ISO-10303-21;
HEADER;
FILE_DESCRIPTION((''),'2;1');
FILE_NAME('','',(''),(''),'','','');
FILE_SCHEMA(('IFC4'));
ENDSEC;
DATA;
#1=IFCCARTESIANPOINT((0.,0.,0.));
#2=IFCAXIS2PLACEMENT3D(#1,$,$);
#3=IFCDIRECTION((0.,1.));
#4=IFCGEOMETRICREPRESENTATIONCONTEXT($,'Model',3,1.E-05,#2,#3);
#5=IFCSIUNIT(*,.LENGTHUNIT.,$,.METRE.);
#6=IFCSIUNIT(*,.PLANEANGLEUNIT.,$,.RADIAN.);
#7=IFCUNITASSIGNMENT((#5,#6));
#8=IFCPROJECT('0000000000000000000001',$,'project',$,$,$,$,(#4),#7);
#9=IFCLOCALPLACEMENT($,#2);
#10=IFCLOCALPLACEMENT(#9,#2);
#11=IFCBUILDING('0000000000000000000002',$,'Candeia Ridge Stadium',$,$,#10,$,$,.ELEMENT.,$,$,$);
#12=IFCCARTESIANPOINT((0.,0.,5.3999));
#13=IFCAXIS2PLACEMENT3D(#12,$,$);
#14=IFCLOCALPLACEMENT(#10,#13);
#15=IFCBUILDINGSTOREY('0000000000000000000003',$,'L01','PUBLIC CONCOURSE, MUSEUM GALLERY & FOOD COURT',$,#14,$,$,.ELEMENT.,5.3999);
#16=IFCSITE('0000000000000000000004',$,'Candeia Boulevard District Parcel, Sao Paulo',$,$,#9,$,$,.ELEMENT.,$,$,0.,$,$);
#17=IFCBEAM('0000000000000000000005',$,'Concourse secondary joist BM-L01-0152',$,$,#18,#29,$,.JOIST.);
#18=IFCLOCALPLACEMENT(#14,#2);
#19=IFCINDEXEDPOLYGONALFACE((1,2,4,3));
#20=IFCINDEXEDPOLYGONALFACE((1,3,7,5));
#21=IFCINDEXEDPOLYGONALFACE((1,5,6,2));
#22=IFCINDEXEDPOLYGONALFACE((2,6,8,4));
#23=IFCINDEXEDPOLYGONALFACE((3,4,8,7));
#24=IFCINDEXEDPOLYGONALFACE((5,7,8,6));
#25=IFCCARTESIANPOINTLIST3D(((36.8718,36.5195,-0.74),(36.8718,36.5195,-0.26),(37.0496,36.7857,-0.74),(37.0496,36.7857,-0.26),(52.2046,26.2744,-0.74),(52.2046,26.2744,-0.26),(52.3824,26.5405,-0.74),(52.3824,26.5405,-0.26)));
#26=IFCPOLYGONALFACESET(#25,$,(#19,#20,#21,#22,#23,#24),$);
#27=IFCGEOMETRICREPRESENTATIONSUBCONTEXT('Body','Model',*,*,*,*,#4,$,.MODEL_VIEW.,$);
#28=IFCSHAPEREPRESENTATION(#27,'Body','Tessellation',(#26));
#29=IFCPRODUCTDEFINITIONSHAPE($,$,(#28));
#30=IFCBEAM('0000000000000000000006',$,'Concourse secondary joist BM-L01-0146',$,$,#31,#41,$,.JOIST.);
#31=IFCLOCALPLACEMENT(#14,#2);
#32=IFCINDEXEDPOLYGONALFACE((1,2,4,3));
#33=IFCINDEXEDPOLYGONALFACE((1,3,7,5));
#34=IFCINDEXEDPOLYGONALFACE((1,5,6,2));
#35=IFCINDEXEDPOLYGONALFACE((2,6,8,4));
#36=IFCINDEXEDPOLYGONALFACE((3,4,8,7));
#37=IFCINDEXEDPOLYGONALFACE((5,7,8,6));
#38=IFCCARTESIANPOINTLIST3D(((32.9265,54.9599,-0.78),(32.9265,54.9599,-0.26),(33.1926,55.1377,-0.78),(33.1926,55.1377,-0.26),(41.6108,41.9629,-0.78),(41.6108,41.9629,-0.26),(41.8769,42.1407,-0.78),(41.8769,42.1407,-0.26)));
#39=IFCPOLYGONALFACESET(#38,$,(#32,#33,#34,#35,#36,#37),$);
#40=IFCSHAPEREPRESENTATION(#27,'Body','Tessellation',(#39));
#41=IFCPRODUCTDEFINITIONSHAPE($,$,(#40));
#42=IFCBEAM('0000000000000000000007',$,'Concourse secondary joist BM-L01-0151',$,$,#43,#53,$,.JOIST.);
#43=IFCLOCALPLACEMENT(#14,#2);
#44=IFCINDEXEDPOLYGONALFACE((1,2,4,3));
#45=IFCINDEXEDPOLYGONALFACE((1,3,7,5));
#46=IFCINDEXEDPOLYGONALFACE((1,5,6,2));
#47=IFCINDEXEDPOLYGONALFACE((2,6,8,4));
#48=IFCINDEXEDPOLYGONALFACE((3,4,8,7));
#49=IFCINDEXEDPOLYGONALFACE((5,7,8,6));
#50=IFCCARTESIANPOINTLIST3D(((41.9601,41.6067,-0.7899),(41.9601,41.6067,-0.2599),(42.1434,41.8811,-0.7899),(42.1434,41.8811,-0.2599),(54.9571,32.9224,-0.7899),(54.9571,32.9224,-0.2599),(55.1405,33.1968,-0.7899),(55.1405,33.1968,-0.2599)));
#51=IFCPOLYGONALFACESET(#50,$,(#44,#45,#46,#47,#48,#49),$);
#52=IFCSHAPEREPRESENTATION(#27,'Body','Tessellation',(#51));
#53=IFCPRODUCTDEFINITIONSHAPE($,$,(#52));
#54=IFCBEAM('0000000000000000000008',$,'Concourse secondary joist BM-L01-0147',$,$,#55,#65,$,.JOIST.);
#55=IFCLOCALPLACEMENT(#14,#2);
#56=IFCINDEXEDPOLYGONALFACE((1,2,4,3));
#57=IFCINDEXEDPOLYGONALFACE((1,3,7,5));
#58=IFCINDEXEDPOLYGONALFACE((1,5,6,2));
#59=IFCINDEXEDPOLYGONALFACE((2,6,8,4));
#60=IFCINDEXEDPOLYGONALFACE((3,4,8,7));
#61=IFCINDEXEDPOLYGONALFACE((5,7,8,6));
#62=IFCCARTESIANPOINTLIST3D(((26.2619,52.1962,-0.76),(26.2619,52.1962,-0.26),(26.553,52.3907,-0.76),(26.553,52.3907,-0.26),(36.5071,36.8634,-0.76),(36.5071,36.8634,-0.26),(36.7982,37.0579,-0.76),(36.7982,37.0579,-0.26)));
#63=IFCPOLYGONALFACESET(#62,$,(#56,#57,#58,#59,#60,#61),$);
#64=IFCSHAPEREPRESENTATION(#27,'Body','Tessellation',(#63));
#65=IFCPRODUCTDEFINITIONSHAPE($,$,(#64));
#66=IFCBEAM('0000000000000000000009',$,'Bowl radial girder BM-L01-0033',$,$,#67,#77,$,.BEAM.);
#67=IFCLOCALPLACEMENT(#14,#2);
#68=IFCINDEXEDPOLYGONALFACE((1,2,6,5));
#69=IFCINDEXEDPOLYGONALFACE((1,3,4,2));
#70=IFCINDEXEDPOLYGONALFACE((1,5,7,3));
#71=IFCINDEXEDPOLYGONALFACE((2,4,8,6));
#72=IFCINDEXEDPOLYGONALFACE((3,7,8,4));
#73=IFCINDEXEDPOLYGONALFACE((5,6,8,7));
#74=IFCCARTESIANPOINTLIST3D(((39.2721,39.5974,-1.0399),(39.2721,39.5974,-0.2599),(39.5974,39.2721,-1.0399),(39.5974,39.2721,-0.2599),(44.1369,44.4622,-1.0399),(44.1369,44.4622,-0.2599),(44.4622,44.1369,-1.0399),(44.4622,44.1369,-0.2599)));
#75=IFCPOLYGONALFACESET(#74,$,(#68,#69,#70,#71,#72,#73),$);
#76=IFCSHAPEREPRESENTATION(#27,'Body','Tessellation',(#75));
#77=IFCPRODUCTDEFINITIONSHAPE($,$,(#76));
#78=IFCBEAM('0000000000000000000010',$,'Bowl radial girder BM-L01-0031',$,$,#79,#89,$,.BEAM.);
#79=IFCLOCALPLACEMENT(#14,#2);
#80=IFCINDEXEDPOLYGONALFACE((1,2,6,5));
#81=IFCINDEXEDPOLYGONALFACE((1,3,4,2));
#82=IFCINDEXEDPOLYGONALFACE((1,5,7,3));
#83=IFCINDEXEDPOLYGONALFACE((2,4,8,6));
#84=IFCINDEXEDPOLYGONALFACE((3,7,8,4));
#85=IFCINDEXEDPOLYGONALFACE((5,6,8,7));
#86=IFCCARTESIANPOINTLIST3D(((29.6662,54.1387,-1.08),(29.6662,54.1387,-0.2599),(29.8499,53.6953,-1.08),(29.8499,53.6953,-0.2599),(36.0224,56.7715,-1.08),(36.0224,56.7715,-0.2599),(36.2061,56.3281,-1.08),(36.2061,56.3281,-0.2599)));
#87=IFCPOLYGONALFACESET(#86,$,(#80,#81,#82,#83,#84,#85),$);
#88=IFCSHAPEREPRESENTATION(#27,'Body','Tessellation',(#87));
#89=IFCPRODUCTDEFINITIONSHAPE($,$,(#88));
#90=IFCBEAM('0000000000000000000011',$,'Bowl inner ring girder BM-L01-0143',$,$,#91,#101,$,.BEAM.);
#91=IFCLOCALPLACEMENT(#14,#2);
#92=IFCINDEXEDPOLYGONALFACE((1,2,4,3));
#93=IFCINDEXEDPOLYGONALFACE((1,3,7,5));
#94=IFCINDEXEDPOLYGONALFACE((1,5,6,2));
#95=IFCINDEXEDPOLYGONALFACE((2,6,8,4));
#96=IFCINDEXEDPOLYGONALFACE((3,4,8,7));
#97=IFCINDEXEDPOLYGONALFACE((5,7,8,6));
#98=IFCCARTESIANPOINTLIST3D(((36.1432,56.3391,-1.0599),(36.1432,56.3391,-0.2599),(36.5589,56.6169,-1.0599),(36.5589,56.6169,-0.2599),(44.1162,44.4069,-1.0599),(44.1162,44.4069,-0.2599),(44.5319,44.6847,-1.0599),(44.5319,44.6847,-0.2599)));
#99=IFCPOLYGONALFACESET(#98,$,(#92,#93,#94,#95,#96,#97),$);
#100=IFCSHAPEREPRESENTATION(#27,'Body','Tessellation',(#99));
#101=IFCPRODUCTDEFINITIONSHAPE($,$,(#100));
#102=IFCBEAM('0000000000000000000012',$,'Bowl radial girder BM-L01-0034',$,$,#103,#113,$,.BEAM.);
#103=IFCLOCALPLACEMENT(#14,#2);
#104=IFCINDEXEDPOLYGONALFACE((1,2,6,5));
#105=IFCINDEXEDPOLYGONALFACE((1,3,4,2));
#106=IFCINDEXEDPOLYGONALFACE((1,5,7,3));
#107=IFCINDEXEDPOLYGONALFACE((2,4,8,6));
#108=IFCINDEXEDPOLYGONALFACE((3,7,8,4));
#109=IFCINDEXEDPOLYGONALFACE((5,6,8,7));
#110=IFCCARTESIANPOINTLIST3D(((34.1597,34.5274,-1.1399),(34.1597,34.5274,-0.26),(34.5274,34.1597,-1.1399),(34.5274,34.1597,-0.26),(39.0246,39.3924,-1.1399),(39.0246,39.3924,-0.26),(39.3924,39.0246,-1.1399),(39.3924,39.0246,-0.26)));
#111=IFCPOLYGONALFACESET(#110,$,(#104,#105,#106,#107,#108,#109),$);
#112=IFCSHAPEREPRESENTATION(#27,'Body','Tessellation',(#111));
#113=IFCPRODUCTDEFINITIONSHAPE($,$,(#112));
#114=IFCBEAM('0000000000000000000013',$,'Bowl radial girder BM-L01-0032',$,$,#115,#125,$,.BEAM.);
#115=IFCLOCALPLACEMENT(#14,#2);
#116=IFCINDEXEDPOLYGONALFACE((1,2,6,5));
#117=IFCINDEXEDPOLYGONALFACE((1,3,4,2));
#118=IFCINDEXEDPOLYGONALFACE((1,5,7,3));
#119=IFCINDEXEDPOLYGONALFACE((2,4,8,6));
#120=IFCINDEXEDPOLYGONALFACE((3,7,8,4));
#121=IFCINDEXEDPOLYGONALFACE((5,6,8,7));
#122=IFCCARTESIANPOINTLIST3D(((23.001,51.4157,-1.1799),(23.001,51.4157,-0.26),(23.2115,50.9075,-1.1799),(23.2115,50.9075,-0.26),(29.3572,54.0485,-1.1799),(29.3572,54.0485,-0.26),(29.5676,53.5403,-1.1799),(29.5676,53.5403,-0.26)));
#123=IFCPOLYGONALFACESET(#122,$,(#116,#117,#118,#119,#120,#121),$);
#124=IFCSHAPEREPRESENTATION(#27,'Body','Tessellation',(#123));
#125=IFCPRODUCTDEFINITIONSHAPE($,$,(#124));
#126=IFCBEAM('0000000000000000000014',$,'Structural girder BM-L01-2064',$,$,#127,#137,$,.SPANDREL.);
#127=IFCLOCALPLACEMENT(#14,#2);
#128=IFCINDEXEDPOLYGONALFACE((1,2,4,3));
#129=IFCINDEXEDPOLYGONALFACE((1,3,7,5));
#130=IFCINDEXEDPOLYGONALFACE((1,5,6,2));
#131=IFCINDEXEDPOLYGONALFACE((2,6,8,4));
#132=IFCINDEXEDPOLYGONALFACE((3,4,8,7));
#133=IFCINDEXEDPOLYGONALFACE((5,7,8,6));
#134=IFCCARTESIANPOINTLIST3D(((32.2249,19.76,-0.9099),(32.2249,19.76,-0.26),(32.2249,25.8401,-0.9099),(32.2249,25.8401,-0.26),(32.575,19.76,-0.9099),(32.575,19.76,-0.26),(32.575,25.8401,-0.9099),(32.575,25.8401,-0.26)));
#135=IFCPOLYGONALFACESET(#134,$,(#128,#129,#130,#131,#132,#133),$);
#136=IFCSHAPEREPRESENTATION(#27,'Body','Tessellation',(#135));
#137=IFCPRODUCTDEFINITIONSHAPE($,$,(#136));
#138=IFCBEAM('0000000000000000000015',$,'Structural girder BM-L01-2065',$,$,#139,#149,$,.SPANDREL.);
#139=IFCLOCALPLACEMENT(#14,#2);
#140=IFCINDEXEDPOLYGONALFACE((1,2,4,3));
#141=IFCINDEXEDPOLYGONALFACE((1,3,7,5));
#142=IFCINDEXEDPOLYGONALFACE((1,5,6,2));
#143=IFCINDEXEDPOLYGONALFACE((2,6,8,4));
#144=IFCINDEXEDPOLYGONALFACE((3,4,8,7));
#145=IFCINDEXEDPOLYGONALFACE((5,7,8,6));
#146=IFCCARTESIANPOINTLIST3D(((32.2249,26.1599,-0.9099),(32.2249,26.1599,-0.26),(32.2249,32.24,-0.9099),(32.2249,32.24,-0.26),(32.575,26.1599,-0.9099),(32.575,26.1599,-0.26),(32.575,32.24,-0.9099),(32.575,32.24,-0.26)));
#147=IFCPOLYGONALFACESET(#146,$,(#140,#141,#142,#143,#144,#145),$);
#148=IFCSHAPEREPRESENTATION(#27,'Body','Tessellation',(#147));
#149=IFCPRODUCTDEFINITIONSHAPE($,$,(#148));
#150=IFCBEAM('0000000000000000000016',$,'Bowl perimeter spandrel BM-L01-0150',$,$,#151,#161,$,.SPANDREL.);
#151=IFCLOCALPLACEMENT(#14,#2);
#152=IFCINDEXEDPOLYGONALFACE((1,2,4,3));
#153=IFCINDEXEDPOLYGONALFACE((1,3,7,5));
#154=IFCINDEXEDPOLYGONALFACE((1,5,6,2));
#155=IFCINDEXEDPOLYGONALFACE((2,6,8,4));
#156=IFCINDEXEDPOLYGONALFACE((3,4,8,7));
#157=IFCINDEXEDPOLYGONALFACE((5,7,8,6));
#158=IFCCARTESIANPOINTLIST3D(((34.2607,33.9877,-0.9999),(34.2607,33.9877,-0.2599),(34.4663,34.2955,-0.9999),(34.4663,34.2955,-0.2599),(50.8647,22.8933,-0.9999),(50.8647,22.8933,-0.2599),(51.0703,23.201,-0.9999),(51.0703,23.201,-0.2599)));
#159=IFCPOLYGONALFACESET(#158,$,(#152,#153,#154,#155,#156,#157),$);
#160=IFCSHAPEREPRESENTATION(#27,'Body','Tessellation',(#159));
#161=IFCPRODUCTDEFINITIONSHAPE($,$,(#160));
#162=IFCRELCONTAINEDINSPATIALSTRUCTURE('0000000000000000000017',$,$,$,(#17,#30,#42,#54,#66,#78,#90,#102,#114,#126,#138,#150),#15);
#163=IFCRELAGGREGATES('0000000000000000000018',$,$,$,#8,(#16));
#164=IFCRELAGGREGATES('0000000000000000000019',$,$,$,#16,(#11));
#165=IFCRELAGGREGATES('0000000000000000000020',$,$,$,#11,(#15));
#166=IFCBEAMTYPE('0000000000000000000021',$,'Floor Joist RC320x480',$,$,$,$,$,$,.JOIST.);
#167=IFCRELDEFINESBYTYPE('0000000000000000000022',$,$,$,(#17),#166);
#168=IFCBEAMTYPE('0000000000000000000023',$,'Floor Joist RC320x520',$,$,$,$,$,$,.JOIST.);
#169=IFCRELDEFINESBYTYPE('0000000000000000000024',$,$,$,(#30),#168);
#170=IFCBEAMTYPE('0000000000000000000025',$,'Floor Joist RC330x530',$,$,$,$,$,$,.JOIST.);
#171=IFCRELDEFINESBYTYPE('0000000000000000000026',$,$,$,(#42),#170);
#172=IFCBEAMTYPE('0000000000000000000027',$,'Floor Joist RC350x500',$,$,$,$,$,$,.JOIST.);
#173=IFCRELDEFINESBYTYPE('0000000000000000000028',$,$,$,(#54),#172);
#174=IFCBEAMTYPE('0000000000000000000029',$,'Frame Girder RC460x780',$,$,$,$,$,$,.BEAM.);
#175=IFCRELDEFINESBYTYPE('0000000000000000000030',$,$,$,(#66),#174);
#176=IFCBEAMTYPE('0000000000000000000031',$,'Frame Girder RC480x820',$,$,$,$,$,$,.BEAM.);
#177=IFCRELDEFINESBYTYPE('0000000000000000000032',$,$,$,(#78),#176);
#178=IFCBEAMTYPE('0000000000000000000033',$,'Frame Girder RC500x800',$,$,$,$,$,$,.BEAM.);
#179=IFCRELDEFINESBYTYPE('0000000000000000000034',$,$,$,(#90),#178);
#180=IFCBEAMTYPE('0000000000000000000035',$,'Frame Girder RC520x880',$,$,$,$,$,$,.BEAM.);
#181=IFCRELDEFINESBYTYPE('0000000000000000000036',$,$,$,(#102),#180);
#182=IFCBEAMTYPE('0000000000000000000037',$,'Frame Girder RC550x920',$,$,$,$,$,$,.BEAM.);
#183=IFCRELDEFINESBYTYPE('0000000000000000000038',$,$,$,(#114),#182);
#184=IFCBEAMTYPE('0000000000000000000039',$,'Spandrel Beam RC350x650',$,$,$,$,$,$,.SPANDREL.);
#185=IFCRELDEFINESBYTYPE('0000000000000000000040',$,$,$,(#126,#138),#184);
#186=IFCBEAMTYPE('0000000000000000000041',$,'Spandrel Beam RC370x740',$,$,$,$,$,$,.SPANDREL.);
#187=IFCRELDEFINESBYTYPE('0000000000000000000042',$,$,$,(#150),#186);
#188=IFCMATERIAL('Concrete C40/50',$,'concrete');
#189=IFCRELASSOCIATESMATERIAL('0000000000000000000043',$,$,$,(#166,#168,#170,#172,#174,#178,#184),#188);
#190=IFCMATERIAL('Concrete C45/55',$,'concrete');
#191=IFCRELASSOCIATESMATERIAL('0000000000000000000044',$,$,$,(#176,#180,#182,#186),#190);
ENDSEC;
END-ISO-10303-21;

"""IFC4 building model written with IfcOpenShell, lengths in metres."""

from ifc_helpers import new_model, si_unit, direction, frame, origin, origin_2d, place, context, subcontext, project, spatial, rectangle, extrude, material, material_profile, profile_set, type_object, element, save


model = new_model("IFC4")

# Units and contexts
model_context = context("Model", 3, precision=1e-05, world=origin(), true_north=direction((0.0, 1.0)))
body_context = subcontext(model_context, "Body", "Model", "MODEL_VIEW")
ifc_project = project(units=[si_unit("LENGTHUNIT", "METRE"), si_unit("PLANEANGLEUNIT", "RADIAN")], contexts=[model_context])

# Site, building, storey
site_placement = place(None, origin())
site = spatial("IfcSite", under=ifc_project, at=site_placement, Name="Candeia Boulevard District Parcel, Sao Paulo", CompositionType="ELEMENT", RefElevation=0.0)
building_placement = place(site_placement, origin())
building = spatial("IfcBuilding", under=site, at=building_placement, Name="Candeia Ridge Stadium", CompositionType="ELEMENT")
storey_placement = place(building_placement, frame((0.0, 0.0, 5.3999)))
storey = spatial("IfcBuildingStorey", under=building, at=storey_placement, Name="L01", Description="PUBLIC CONCOURSE, MUSEUM GALLERY & FOOD COURT", CompositionType="ELEMENT", Elevation=5.3999)

# Shared definitions
ifc_material_1 = material(Name="Concrete C45/55", Category="concrete")
ifc_material_2 = material(Name="Concrete C40/50", Category="concrete")

# Beams
ifc_material_profile_1 = material_profile(ifc_material_2, rectangle(XDim=0.3201, YDim=0.48, at=origin_2d()), Name="RC320x480", Category="concrete")
ifc_profile_set_1 = profile_set([ifc_material_profile_1], Name="Concrete C40/50")
beam_type_1 = type_object("IfcBeamType", Name="Floor Joist RC320x480", PredefinedType="JOIST", material=ifc_profile_set_1)
beam_1_placement = place(storey_placement, frame((36.9607, 36.6526, -0.5), z_axis=(0.831467, -0.555574, 0.0), x_axis=(0.555574, 0.831467, 0.0)))
element("IfcBeam", 1, at=beam_1_placement, inside=storey, type_object=beam_type_1, Name="Concourse secondary joist BM-L01-0152", PredefinedType="JOIST", context=body_context, shape_type="SweptSolid", body=[
    extrude(rectangle(XDim=0.3201, YDim=0.48, at=origin_2d()), origin(), (0.0, 0.0, 1.0), 18.4407),
])
ifc_material_profile_2 = material_profile(ifc_material_2, rectangle(XDim=0.3201, YDim=0.52, at=origin_2d()), Name="RC320x520", Category="concrete")
ifc_profile_set_2 = profile_set([ifc_material_profile_2], Name="Concrete C40/50")
beam_type_2 = type_object("IfcBeamType", Name="Floor Joist RC320x520", PredefinedType="JOIST", material=ifc_profile_set_2)
beam_2_placement = place(storey_placement, frame((33.0596, 55.0488, -0.52), z_axis=(0.555569, -0.831471, 0.0), x_axis=(0.831471, 0.555569, 0.0)))
element("IfcBeam", 2, at=beam_2_placement, inside=storey, type_object=beam_type_2, Name="Concourse secondary joist BM-L01-0146", PredefinedType="JOIST", context=body_context, shape_type="SweptSolid", body=[
    extrude(rectangle(XDim=0.3201, YDim=0.52, at=origin_2d()), origin(), (0.0, 0.0, 1.0), 15.6313),
])
ifc_material_profile_3 = material_profile(ifc_material_2, rectangle(XDim=0.3301, YDim=0.53, at=origin_2d()), Name="RC330x530", Category="concrete")
ifc_profile_set_3 = profile_set([ifc_material_profile_3], Name="Concrete C40/50")
beam_type_3 = type_object("IfcBeamType", Name="Floor Joist RC330x530", PredefinedType="JOIST", material=ifc_profile_set_3)
beam_3_placement = place(storey_placement, frame((42.0518, 41.7439, -0.5249), z_axis=(0.831471, -0.555569, 0.0), x_axis=(0.555569, 0.831471, 0.0)))
element("IfcBeam", 3, at=beam_3_placement, inside=storey, type_object=beam_type_3, Name="Concourse secondary joist BM-L01-0151", PredefinedType="JOIST", context=body_context, shape_type="SweptSolid", body=[
    extrude(rectangle(XDim=0.3301, YDim=0.53, at=origin_2d()), origin(), (0.0, 0.0, 1.0), 15.6313),
])
ifc_material_profile_4 = material_profile(ifc_material_2, rectangle(XDim=0.3501, YDim=0.5, at=origin_2d()), Name="RC350x500", Category="concrete")
ifc_profile_set_4 = profile_set([ifc_material_profile_4], Name="Concrete C40/50")
beam_type_4 = type_object("IfcBeamType", Name="Floor Joist RC350x500", PredefinedType="JOIST", material=ifc_profile_set_4)
beam_4_placement = place(storey_placement, frame((26.4075, 52.2935, -0.51), z_axis=(0.555574, -0.831467, 0.0), x_axis=(0.831467, 0.555574, 0.0)))
element("IfcBeam", 4, at=beam_4_placement, inside=storey, type_object=beam_type_4, Name="Concourse secondary joist BM-L01-0147", PredefinedType="JOIST", context=body_context, shape_type="SweptSolid", body=[
    extrude(rectangle(XDim=0.3501, YDim=0.5, at=origin_2d()), origin(), (0.0, 0.0, 1.0), 18.4407),
])
ifc_material_profile_5 = material_profile(ifc_material_2, rectangle(XDim=0.46, YDim=0.78, at=origin_2d()), Name="RC460x780", Category="concrete")
ifc_profile_set_5 = profile_set([ifc_material_profile_5], Name="Concrete C40/50")
beam_type_5 = type_object("IfcBeamType", Name="Frame Girder RC460x780", PredefinedType="BEAM", material=ifc_profile_set_5)
beam_5_placement = place(storey_placement, frame((44.2996, 44.2996, -0.6499), z_axis=(-0.707107, -0.707107, 0.0), x_axis=(0.707107, -0.707107, 0.0)))
element("IfcBeam", 5, at=beam_5_placement, inside=storey, type_object=beam_type_5, Name="Bowl radial girder BM-L01-0033", PredefinedType="BEAM", context=body_context, shape_type="SweptSolid", body=[
    extrude(rectangle(XDim=0.46, YDim=0.78, at=origin_2d()), origin(), (0.0, 0.0, 1.0), 6.8799),
])
ifc_material_profile_6 = material_profile(ifc_material_1, rectangle(XDim=0.48, YDim=0.8201, at=origin_2d()), Name="RC480x820", Category="concrete")
ifc_profile_set_6 = profile_set([ifc_material_profile_6], Name="Concrete C45/55")
beam_type_6 = type_object("IfcBeamType", Name="Frame Girder RC480x820", PredefinedType="BEAM", material=ifc_profile_set_6)
beam_6_placement = place(storey_placement, frame((36.1143, 56.5498, -0.6699), z_axis=(-0.92388, -0.382682, 0.0), x_axis=(0.382682, -0.92388, 0.0)))
element("IfcBeam", 6, at=beam_6_placement, inside=storey, type_object=beam_type_6, Name="Bowl radial girder BM-L01-0031", PredefinedType="BEAM", context=body_context, shape_type="SweptSolid", body=[
    extrude(rectangle(XDim=0.48, YDim=0.8201, at=origin_2d()), origin(), (0.0, 0.0, 1.0), 6.8799),
])
ifc_material_profile_7 = material_profile(ifc_material_2, rectangle(XDim=0.5, YDim=0.8, at=origin_2d()), Name="RC500x800", Category="concrete")
ifc_profile_set_7 = profile_set([ifc_material_profile_7], Name="Concrete C40/50")
beam_type_7 = type_object("IfcBeamType", Name="Frame Girder RC500x800", PredefinedType="BEAM", material=ifc_profile_set_7)
beam_7_placement = place(storey_placement, frame((36.3511, 56.478, -0.6599), z_axis=(0.555575, -0.831466, 0.0), x_axis=(0.831466, 0.555575, 0.0)))
element("IfcBeam", 7, at=beam_7_placement, inside=storey, type_object=beam_type_7, Name="Bowl inner ring girder BM-L01-0143", PredefinedType="BEAM", context=body_context, shape_type="SweptSolid", body=[
    extrude(rectangle(XDim=0.5, YDim=0.8, at=origin_2d()), origin(), (0.0, 0.0, 1.0), 14.3508),
])
ifc_material_profile_8 = material_profile(ifc_material_1, rectangle(XDim=0.52, YDim=0.8799, at=origin_2d()), Name="RC520x880", Category="concrete")
ifc_profile_set_8 = profile_set([ifc_material_profile_8], Name="Concrete C45/55")
beam_type_8 = type_object("IfcBeamType", Name="Frame Girder RC520x880", PredefinedType="BEAM", material=ifc_profile_set_8)
beam_8_placement = place(storey_placement, frame((39.2085, 39.2085, -0.7), z_axis=(-0.707107, -0.707107, 0.0), x_axis=(0.707107, -0.707107, 0.0)))
element("IfcBeam", 8, at=beam_8_placement, inside=storey, type_object=beam_type_8, Name="Bowl radial girder BM-L01-0034", PredefinedType="BEAM", context=body_context, shape_type="SweptSolid", body=[
    extrude(rectangle(XDim=0.52, YDim=0.8799, at=origin_2d()), origin(), (0.0, 0.0, 1.0), 6.8801),
])
ifc_material_profile_9 = material_profile(ifc_material_1, rectangle(XDim=0.55, YDim=0.9199, at=origin_2d()), Name="RC550x920", Category="concrete")
ifc_profile_set_9 = profile_set([ifc_material_profile_9], Name="Concrete C45/55")
beam_type_9 = type_object("IfcBeamType", Name="Frame Girder RC550x920", PredefinedType="BEAM", material=ifc_profile_set_9)
beam_9_placement = place(storey_placement, frame((29.4624, 53.7944, -0.72), z_axis=(-0.92388, -0.382682, 0.0), x_axis=(0.382682, -0.92388, 0.0)))
element("IfcBeam", 9, at=beam_9_placement, inside=storey, type_object=beam_type_9, Name="Bowl radial girder BM-L01-0032", PredefinedType="BEAM", context=body_context, shape_type="SweptSolid", body=[
    extrude(rectangle(XDim=0.55, YDim=0.9199, at=origin_2d()), origin(), (0.0, 0.0, 1.0), 6.8799),
])
ifc_material_profile_10 = material_profile(ifc_material_2, rectangle(XDim=0.3501, YDim=0.6499, at=origin_2d()), Name="RC350x650", Category="concrete")
ifc_profile_set_10 = profile_set([ifc_material_profile_10], Name="Concrete C40/50")
beam_type_10 = type_object("IfcBeamType", Name="Spandrel Beam RC350x650", PredefinedType="SPANDREL", material=ifc_profile_set_10)
for number, where, z_axis, x_axis, name in (
    (10, (32.3999, 19.76, -0.585), (0.0, 1.0, 0.0), (-1.0, 0.0, 0.0), "Structural girder BM-L01-2064"),
    (11, (32.3999, 26.1599, -0.585), (0.0, 1.0, 0.0), (-1.0, 0.0, 0.0), "Structural girder BM-L01-2065"),
):
    element("IfcBeam", number, at=place(storey_placement, frame(where, z_axis=z_axis, x_axis=x_axis)), inside=storey, type_object=beam_type_10, Name=name, PredefinedType="SPANDREL", context=body_context, shape_type="SweptSolid", body=[
        extrude(rectangle(XDim=0.3501, YDim=0.6499, at=origin_2d()), origin(), (0.0, 0.0, 1.0), 6.0801),
    ])
ifc_material_profile_11 = material_profile(ifc_material_1, rectangle(XDim=0.3701, YDim=0.74, at=origin_2d()), Name="RC370x740", Category="concrete")
ifc_profile_set_11 = profile_set([ifc_material_profile_11], Name="Concrete C45/55")
beam_type_11 = type_object("IfcBeamType", Name="Spandrel Beam RC370x740", PredefinedType="SPANDREL", material=ifc_profile_set_11)
beam_10_placement = place(storey_placement, frame((34.3635, 34.1416, -0.6299), z_axis=(0.831469, -0.555572, 0.0), x_axis=(0.555572, 0.831469, 0.0)))
element("IfcBeam", 12, at=beam_10_placement, inside=storey, type_object=beam_type_11, Name="Bowl perimeter spandrel BM-L01-0150", PredefinedType="SPANDREL", context=body_context, shape_type="SweptSolid", body=[
    extrude(rectangle(XDim=0.3701, YDim=0.74, at=origin_2d()), origin(), (0.0, 0.0, 1.0), 19.9695),
])

save(model, "model.ifc")
